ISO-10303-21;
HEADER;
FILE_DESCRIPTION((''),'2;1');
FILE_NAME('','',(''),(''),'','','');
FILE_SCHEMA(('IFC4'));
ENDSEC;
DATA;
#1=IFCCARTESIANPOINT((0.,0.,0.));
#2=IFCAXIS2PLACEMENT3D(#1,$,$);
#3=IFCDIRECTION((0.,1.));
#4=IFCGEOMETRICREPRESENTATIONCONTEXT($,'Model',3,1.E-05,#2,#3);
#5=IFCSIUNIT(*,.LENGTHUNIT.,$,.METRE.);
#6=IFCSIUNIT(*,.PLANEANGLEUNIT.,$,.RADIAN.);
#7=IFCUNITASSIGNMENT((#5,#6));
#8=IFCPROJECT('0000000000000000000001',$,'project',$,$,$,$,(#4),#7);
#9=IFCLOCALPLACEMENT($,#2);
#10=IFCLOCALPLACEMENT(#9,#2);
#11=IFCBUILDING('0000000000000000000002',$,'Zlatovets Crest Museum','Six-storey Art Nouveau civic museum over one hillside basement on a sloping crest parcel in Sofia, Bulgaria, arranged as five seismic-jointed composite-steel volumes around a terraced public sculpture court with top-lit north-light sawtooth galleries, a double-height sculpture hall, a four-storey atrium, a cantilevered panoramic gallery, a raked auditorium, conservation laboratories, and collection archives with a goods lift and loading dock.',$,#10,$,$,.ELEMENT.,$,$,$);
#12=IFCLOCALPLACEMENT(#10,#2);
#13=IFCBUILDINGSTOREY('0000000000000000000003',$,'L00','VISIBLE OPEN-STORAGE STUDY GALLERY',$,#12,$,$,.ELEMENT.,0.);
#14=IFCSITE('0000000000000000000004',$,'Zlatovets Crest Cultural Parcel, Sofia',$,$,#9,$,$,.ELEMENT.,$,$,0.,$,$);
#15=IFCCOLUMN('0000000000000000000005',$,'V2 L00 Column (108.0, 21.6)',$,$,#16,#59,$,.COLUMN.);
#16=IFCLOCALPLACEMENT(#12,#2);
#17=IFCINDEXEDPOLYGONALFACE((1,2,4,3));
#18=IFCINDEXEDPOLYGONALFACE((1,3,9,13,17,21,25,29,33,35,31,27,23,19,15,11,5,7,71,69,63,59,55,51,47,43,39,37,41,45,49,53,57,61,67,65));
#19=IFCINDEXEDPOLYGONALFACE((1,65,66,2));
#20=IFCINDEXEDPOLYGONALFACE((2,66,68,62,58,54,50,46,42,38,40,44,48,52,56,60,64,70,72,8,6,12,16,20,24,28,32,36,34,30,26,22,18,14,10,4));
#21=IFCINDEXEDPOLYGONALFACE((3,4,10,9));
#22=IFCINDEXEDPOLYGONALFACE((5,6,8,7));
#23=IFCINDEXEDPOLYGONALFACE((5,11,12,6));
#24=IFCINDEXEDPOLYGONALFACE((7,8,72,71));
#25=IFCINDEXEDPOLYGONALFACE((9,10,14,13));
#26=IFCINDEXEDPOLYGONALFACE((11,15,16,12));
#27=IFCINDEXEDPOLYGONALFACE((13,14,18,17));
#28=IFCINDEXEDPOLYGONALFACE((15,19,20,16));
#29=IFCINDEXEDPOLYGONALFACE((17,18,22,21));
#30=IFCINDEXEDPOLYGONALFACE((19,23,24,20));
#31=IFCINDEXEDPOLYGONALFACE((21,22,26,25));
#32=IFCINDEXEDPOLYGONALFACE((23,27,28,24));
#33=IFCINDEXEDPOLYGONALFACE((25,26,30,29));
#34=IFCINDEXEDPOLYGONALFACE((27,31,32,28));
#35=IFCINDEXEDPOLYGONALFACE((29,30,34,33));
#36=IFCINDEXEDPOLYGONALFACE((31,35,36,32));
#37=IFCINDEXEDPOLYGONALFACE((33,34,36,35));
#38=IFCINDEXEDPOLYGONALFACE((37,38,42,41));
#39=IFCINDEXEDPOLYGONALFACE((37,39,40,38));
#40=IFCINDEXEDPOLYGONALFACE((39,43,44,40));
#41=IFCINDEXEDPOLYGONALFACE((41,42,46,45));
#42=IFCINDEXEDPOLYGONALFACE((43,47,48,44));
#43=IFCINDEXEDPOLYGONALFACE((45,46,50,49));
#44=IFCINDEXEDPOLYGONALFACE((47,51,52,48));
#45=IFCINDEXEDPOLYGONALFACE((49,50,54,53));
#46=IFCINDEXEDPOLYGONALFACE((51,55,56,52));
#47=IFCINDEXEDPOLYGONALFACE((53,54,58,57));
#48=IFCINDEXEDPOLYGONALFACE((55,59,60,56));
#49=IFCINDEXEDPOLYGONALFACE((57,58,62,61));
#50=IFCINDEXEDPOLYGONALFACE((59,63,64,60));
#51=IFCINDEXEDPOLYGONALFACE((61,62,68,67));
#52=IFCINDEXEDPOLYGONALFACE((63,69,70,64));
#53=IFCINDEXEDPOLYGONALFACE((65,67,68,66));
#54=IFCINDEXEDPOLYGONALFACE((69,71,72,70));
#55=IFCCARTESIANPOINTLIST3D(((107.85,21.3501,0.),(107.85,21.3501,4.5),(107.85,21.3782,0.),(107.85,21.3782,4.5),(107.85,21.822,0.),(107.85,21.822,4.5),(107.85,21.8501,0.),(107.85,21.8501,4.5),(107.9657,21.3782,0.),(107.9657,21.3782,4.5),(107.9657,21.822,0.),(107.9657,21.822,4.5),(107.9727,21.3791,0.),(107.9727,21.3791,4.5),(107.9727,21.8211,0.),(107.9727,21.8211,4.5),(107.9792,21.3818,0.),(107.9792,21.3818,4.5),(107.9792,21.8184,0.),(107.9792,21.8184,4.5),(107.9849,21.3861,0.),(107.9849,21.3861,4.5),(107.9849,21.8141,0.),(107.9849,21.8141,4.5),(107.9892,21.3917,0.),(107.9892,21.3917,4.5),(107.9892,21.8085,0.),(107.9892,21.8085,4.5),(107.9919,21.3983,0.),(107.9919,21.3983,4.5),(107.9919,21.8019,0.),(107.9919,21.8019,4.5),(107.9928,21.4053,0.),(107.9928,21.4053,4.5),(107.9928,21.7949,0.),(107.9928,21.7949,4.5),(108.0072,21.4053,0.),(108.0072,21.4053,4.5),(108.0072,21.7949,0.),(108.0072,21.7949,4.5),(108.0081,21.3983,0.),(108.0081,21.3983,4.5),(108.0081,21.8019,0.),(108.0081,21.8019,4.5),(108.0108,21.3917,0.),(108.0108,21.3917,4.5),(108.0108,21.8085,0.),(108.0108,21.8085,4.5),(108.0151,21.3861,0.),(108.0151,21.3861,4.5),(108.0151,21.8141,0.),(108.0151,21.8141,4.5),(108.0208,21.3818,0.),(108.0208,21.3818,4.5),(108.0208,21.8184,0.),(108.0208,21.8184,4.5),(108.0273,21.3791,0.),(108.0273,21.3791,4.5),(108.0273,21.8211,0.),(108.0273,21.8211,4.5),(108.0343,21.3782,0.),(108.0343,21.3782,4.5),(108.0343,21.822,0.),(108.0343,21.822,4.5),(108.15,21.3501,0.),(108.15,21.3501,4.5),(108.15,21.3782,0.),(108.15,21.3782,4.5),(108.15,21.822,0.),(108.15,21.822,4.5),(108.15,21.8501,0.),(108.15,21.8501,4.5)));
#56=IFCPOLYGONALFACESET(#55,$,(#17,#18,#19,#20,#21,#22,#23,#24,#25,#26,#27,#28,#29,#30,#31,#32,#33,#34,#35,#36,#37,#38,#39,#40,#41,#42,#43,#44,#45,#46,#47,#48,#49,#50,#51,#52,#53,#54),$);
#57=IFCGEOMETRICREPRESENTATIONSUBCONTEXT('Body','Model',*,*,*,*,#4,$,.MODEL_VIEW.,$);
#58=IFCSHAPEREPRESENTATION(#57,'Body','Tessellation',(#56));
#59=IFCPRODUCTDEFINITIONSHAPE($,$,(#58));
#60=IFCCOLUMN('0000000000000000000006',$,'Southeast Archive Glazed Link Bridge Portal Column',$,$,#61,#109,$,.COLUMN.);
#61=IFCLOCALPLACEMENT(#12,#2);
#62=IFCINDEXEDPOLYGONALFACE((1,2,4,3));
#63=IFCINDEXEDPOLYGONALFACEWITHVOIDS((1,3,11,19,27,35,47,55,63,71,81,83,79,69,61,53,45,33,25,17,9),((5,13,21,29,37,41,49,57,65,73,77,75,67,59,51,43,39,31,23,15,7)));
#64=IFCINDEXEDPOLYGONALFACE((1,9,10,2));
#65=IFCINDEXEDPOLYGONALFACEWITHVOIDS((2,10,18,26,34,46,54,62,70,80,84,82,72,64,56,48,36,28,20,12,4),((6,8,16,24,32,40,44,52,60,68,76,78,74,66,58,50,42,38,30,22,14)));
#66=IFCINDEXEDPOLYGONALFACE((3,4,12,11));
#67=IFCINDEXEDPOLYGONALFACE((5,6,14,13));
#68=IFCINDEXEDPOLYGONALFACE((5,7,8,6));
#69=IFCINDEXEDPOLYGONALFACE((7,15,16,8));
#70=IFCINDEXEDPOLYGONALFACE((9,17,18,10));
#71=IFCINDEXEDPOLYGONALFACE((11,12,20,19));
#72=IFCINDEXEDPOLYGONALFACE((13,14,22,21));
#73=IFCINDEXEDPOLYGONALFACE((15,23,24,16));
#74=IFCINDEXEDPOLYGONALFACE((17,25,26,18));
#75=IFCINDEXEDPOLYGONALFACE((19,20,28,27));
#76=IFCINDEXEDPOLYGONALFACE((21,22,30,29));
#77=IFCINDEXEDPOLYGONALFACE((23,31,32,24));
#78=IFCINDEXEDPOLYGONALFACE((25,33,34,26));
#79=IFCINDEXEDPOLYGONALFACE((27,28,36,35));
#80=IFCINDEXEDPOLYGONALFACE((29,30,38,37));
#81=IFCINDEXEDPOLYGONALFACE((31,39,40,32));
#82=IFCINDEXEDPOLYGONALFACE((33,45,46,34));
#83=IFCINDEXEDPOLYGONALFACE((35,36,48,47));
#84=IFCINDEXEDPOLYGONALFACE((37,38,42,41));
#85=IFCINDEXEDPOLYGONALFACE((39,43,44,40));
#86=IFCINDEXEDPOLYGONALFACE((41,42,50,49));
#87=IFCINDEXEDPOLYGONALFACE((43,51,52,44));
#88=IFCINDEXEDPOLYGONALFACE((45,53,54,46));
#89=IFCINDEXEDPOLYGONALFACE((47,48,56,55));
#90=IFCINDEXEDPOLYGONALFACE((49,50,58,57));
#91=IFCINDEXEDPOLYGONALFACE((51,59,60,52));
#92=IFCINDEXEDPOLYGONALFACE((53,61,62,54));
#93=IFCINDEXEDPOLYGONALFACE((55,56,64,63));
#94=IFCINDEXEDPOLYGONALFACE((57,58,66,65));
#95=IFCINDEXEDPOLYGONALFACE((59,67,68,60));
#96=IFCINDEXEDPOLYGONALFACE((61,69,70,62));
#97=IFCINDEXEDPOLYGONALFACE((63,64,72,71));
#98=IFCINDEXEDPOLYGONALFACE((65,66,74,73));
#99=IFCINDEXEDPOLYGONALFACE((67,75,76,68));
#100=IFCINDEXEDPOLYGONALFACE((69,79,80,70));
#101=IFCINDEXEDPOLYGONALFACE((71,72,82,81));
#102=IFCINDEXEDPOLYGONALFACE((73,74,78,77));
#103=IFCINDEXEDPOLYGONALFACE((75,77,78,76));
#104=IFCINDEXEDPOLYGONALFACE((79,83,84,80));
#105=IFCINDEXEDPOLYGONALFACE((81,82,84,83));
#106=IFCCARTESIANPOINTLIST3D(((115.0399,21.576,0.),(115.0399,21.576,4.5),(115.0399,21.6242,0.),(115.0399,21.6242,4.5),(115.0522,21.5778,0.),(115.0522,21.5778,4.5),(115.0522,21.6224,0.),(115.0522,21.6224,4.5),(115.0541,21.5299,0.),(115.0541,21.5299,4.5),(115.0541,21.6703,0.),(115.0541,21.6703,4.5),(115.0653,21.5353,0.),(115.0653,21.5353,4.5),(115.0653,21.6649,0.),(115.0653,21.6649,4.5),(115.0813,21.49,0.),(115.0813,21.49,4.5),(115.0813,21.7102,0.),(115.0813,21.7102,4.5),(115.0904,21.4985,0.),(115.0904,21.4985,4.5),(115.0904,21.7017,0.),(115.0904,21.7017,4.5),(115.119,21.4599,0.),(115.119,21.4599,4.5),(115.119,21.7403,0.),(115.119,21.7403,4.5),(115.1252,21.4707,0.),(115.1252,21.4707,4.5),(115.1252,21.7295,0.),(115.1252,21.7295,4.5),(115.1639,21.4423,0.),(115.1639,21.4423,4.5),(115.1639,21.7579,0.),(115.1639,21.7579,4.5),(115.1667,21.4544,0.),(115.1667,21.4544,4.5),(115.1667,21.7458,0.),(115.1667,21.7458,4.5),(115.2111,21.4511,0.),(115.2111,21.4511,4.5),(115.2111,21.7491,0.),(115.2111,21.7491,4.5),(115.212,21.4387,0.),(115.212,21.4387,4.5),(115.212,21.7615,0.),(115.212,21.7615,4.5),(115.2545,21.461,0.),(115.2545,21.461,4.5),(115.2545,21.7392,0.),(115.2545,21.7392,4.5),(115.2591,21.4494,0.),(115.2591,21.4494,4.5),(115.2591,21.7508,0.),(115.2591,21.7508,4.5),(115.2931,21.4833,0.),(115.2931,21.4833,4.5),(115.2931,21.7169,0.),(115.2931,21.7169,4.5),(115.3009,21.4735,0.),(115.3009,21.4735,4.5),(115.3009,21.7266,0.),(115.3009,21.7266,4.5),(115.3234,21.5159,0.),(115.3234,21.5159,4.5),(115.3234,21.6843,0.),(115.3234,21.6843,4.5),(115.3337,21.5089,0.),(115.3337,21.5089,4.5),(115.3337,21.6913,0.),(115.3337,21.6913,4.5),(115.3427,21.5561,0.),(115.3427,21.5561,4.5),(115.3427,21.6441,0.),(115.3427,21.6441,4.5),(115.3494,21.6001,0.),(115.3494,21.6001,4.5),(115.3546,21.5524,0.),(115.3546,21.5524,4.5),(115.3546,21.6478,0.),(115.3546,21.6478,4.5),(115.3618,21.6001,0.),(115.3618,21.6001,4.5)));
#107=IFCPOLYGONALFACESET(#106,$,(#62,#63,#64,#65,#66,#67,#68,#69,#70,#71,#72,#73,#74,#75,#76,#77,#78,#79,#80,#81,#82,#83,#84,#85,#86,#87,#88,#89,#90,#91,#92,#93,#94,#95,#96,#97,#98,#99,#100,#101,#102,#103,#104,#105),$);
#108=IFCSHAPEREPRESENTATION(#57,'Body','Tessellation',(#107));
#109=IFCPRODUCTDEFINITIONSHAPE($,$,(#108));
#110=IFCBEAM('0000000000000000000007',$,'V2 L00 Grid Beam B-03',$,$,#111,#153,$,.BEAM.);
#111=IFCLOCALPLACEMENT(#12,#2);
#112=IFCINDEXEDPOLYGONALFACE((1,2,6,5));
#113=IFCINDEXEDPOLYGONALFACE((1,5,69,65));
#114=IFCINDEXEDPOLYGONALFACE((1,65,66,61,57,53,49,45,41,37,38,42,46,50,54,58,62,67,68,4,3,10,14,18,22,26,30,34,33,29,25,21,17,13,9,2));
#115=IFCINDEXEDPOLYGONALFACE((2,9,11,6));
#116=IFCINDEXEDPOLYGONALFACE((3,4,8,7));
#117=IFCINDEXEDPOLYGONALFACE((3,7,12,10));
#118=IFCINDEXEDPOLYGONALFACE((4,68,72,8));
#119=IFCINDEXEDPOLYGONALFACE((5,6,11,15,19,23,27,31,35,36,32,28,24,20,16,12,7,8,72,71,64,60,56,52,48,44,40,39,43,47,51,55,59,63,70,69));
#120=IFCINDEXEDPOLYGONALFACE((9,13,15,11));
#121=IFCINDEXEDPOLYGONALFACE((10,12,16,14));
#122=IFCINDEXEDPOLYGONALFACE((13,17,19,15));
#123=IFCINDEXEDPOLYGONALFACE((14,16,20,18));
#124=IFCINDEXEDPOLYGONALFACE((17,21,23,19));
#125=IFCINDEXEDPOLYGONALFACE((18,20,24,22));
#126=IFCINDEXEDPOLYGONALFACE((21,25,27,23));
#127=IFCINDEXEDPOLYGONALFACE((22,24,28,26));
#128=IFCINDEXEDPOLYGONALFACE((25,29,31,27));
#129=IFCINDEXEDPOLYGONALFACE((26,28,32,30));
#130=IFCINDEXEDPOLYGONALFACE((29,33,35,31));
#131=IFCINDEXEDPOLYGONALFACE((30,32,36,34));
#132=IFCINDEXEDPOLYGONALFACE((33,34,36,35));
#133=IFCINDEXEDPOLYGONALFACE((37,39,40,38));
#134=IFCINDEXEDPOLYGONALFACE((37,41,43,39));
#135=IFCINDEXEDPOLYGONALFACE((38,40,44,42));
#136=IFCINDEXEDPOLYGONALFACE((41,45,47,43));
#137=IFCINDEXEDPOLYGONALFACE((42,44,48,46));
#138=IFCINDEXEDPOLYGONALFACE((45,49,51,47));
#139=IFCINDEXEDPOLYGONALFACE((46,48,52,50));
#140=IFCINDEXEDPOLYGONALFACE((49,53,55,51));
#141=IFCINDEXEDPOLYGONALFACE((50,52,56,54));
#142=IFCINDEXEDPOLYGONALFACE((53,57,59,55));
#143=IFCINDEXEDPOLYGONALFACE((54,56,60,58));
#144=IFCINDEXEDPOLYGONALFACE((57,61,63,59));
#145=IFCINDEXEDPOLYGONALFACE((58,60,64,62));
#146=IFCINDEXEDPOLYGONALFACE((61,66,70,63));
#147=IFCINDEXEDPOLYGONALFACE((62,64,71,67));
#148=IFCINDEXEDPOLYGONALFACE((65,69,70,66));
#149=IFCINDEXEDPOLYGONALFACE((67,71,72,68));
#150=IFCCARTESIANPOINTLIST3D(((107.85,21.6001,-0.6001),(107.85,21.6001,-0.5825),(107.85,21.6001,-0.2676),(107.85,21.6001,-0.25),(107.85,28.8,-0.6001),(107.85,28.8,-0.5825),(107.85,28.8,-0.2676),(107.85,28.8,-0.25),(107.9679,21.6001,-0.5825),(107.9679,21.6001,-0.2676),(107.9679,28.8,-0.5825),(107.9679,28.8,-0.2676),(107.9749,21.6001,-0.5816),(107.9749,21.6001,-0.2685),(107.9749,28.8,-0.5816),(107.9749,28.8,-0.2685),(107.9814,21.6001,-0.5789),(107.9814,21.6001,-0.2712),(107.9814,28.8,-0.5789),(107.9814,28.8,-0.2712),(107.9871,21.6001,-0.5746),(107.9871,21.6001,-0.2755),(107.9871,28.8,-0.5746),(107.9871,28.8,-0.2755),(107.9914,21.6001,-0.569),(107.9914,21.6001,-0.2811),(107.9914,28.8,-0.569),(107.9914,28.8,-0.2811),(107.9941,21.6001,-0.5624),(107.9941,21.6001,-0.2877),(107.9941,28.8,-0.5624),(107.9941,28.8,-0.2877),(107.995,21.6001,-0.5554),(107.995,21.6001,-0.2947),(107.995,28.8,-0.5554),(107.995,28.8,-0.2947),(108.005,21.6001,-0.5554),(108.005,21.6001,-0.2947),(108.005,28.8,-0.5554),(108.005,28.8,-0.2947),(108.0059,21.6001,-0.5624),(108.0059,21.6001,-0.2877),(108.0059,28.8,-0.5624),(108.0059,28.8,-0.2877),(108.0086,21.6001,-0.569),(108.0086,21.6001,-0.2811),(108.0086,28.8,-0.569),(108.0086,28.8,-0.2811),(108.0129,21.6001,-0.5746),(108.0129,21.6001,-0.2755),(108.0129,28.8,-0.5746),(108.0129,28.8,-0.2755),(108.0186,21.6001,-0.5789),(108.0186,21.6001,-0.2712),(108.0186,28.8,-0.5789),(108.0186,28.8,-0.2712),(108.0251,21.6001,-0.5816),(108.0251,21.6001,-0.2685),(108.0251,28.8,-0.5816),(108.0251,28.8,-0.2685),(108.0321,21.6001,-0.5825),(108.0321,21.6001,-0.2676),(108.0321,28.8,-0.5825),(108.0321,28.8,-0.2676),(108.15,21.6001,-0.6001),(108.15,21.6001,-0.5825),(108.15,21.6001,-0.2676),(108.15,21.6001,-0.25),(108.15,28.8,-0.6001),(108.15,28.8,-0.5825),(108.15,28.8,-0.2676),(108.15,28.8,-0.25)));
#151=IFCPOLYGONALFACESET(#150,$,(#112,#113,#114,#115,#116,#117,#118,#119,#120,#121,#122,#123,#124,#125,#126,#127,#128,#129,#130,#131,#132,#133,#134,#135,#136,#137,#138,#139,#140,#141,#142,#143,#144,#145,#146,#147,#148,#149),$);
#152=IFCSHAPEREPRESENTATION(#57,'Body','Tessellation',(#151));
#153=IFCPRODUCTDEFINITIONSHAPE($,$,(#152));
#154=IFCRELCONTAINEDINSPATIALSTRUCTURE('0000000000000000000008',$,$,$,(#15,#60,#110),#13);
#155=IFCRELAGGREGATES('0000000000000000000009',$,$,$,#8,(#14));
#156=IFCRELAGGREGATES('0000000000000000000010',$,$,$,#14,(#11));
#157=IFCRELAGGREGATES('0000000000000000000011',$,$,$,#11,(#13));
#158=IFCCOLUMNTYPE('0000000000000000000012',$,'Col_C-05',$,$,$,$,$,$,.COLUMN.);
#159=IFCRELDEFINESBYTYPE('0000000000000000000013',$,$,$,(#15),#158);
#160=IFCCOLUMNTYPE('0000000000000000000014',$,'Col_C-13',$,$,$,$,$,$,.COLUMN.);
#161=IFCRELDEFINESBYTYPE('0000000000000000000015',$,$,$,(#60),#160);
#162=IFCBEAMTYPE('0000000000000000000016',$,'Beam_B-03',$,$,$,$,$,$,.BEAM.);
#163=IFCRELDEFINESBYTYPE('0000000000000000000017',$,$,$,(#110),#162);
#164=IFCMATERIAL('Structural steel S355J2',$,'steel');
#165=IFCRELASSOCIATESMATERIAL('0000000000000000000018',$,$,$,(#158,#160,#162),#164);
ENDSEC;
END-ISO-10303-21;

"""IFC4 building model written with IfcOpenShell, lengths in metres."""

from ifc_helpers import new_model, si_unit, direction, frame, origin, origin_2d, place, context, subcontext, project, spatial, hollow_circle, i_section, extrude, material, material_profile, profile_set, type_object, element, save


model = new_model("IFC4")

# Units and contexts
model_context = context("Model", 3, precision=1e-05, world=origin(), true_north=direction((0.0, 1.0)))
body_context = subcontext(model_context, "Body", "Model", "MODEL_VIEW")
ifc_project = project(units=[si_unit("LENGTHUNIT", "METRE"), si_unit("PLANEANGLEUNIT", "RADIAN")], contexts=[model_context])

# Site, building, storey
site_placement = place(None, origin())
site = spatial("IfcSite", under=ifc_project, at=site_placement, Name="Zlatovets Crest Cultural Parcel, Sofia", CompositionType="ELEMENT", RefElevation=0.0)
building_placement = place(site_placement, origin())
building = spatial("IfcBuilding", under=site, at=building_placement, Name="Zlatovets Crest Museum", Description="Six-storey Art Nouveau civic museum over one hillside basement on a sloping crest parcel in Sofia, Bulgaria, arranged as five seismic-jointed composite-steel volumes around a terraced public sculpture court with top-lit north-light sawtooth galleries, a double-height sculpture hall, a four-storey atrium, a cantilevered panoramic gallery, a raked auditorium, conservation laboratories, and collection archives with a goods lift and loading dock.", CompositionType="ELEMENT")
storey_placement = place(building_placement, origin())
storey = spatial("IfcBuildingStorey", under=building, at=storey_placement, Name="L00", Description="VISIBLE OPEN-STORAGE STUDY GALLERY", CompositionType="ELEMENT", Elevation=0.0)

# Columns
ifc_material_1 = material(Name="Structural steel S355J2", Category="steel")
ifc_material_profile_1 = material_profile(ifc_material_1, i_section(OverallWidth=0.3, OverallDepth=0.5, WebThickness=0.0144, FlangeThickness=0.0281, FilletRadius=0.0271, at=origin_2d()), Name="HEB 500")
ifc_profile_set_1 = profile_set([ifc_material_profile_1], Name="Structural steel S355J2")
column_type_1 = type_object("IfcColumnType", Name="Col_C-05", PredefinedType="COLUMN", material=ifc_profile_set_1)
column_1_placement = place(storey_placement, frame((108.0, 21.6001, 0.0), z_axis=(0.0, 0.0, 1.0), x_axis=(1.0, 0.0, 0.0)))
element("IfcColumn", 1, at=column_1_placement, inside=storey, type_object=column_type_1, Name="V2 L00 Column (108.0, 21.6)", PredefinedType="COLUMN", context=body_context, shape_type="SweptSolid", body=[
    extrude(i_section(OverallWidth=0.3, OverallDepth=0.5, WebThickness=0.0144, FlangeThickness=0.0281, FilletRadius=0.0271, at=origin_2d()), origin(), (0.0, 0.0, 1.0), 4.5),
])
ifc_material_profile_2 = material_profile(ifc_material_1, hollow_circle(Radius=0.1619, WallThickness=0.0125, at=origin_2d()), Name="CHS 323.9x12.5")
ifc_profile_set_2 = profile_set([ifc_material_profile_2], Name="Structural steel S355J2")
column_type_2 = type_object("IfcColumnType", Name="Col_C-13", PredefinedType="COLUMN", material=ifc_profile_set_2)
column_2_placement = place(storey_placement, frame((115.2, 21.6001, 0.0), z_axis=(0.0, 0.0, 1.0), x_axis=(1.0, 0.0, 0.0)))
element("IfcColumn", 2, at=column_2_placement, inside=storey, type_object=column_type_2, Name="Southeast Archive Glazed Link Bridge Portal Column", PredefinedType="COLUMN", context=body_context, shape_type="SweptSolid", body=[
    extrude(hollow_circle(Radius=0.1619, WallThickness=0.0125, at=origin_2d()), origin(), (0.0, 0.0, 1.0), 4.5),
])

# Beam
ifc_material_profile_3 = material_profile(ifc_material_1, i_section(OverallWidth=0.3, OverallDepth=0.3501, WebThickness=0.01, FlangeThickness=0.0176, FilletRadius=0.0271, at=origin_2d()), Name="HEA 360")
ifc_profile_set_3 = profile_set([ifc_material_profile_3], Name="Structural steel S355J2")
beam_type_1 = type_object("IfcBeamType", Name="Beam_B-03", PredefinedType="BEAM", material=ifc_profile_set_3)
beam_1_placement = place(storey_placement, frame((108.0, 21.6001, -0.425), z_axis=(0.0, 1.0, 0.0), x_axis=(-1.0, 0.0, 0.0)))
element("IfcBeam", 3, at=beam_1_placement, inside=storey, type_object=beam_type_1, Name="V2 L00 Grid Beam B-03", PredefinedType="BEAM", context=body_context, shape_type="SweptSolid", body=[
    extrude(i_section(OverallWidth=0.3, OverallDepth=0.3501, WebThickness=0.01, FlangeThickness=0.0176, FilletRadius=0.0271, at=origin_2d()), origin(), (0.0, 0.0, 1.0), 7.2),
])

save(model, "model.ifc")
